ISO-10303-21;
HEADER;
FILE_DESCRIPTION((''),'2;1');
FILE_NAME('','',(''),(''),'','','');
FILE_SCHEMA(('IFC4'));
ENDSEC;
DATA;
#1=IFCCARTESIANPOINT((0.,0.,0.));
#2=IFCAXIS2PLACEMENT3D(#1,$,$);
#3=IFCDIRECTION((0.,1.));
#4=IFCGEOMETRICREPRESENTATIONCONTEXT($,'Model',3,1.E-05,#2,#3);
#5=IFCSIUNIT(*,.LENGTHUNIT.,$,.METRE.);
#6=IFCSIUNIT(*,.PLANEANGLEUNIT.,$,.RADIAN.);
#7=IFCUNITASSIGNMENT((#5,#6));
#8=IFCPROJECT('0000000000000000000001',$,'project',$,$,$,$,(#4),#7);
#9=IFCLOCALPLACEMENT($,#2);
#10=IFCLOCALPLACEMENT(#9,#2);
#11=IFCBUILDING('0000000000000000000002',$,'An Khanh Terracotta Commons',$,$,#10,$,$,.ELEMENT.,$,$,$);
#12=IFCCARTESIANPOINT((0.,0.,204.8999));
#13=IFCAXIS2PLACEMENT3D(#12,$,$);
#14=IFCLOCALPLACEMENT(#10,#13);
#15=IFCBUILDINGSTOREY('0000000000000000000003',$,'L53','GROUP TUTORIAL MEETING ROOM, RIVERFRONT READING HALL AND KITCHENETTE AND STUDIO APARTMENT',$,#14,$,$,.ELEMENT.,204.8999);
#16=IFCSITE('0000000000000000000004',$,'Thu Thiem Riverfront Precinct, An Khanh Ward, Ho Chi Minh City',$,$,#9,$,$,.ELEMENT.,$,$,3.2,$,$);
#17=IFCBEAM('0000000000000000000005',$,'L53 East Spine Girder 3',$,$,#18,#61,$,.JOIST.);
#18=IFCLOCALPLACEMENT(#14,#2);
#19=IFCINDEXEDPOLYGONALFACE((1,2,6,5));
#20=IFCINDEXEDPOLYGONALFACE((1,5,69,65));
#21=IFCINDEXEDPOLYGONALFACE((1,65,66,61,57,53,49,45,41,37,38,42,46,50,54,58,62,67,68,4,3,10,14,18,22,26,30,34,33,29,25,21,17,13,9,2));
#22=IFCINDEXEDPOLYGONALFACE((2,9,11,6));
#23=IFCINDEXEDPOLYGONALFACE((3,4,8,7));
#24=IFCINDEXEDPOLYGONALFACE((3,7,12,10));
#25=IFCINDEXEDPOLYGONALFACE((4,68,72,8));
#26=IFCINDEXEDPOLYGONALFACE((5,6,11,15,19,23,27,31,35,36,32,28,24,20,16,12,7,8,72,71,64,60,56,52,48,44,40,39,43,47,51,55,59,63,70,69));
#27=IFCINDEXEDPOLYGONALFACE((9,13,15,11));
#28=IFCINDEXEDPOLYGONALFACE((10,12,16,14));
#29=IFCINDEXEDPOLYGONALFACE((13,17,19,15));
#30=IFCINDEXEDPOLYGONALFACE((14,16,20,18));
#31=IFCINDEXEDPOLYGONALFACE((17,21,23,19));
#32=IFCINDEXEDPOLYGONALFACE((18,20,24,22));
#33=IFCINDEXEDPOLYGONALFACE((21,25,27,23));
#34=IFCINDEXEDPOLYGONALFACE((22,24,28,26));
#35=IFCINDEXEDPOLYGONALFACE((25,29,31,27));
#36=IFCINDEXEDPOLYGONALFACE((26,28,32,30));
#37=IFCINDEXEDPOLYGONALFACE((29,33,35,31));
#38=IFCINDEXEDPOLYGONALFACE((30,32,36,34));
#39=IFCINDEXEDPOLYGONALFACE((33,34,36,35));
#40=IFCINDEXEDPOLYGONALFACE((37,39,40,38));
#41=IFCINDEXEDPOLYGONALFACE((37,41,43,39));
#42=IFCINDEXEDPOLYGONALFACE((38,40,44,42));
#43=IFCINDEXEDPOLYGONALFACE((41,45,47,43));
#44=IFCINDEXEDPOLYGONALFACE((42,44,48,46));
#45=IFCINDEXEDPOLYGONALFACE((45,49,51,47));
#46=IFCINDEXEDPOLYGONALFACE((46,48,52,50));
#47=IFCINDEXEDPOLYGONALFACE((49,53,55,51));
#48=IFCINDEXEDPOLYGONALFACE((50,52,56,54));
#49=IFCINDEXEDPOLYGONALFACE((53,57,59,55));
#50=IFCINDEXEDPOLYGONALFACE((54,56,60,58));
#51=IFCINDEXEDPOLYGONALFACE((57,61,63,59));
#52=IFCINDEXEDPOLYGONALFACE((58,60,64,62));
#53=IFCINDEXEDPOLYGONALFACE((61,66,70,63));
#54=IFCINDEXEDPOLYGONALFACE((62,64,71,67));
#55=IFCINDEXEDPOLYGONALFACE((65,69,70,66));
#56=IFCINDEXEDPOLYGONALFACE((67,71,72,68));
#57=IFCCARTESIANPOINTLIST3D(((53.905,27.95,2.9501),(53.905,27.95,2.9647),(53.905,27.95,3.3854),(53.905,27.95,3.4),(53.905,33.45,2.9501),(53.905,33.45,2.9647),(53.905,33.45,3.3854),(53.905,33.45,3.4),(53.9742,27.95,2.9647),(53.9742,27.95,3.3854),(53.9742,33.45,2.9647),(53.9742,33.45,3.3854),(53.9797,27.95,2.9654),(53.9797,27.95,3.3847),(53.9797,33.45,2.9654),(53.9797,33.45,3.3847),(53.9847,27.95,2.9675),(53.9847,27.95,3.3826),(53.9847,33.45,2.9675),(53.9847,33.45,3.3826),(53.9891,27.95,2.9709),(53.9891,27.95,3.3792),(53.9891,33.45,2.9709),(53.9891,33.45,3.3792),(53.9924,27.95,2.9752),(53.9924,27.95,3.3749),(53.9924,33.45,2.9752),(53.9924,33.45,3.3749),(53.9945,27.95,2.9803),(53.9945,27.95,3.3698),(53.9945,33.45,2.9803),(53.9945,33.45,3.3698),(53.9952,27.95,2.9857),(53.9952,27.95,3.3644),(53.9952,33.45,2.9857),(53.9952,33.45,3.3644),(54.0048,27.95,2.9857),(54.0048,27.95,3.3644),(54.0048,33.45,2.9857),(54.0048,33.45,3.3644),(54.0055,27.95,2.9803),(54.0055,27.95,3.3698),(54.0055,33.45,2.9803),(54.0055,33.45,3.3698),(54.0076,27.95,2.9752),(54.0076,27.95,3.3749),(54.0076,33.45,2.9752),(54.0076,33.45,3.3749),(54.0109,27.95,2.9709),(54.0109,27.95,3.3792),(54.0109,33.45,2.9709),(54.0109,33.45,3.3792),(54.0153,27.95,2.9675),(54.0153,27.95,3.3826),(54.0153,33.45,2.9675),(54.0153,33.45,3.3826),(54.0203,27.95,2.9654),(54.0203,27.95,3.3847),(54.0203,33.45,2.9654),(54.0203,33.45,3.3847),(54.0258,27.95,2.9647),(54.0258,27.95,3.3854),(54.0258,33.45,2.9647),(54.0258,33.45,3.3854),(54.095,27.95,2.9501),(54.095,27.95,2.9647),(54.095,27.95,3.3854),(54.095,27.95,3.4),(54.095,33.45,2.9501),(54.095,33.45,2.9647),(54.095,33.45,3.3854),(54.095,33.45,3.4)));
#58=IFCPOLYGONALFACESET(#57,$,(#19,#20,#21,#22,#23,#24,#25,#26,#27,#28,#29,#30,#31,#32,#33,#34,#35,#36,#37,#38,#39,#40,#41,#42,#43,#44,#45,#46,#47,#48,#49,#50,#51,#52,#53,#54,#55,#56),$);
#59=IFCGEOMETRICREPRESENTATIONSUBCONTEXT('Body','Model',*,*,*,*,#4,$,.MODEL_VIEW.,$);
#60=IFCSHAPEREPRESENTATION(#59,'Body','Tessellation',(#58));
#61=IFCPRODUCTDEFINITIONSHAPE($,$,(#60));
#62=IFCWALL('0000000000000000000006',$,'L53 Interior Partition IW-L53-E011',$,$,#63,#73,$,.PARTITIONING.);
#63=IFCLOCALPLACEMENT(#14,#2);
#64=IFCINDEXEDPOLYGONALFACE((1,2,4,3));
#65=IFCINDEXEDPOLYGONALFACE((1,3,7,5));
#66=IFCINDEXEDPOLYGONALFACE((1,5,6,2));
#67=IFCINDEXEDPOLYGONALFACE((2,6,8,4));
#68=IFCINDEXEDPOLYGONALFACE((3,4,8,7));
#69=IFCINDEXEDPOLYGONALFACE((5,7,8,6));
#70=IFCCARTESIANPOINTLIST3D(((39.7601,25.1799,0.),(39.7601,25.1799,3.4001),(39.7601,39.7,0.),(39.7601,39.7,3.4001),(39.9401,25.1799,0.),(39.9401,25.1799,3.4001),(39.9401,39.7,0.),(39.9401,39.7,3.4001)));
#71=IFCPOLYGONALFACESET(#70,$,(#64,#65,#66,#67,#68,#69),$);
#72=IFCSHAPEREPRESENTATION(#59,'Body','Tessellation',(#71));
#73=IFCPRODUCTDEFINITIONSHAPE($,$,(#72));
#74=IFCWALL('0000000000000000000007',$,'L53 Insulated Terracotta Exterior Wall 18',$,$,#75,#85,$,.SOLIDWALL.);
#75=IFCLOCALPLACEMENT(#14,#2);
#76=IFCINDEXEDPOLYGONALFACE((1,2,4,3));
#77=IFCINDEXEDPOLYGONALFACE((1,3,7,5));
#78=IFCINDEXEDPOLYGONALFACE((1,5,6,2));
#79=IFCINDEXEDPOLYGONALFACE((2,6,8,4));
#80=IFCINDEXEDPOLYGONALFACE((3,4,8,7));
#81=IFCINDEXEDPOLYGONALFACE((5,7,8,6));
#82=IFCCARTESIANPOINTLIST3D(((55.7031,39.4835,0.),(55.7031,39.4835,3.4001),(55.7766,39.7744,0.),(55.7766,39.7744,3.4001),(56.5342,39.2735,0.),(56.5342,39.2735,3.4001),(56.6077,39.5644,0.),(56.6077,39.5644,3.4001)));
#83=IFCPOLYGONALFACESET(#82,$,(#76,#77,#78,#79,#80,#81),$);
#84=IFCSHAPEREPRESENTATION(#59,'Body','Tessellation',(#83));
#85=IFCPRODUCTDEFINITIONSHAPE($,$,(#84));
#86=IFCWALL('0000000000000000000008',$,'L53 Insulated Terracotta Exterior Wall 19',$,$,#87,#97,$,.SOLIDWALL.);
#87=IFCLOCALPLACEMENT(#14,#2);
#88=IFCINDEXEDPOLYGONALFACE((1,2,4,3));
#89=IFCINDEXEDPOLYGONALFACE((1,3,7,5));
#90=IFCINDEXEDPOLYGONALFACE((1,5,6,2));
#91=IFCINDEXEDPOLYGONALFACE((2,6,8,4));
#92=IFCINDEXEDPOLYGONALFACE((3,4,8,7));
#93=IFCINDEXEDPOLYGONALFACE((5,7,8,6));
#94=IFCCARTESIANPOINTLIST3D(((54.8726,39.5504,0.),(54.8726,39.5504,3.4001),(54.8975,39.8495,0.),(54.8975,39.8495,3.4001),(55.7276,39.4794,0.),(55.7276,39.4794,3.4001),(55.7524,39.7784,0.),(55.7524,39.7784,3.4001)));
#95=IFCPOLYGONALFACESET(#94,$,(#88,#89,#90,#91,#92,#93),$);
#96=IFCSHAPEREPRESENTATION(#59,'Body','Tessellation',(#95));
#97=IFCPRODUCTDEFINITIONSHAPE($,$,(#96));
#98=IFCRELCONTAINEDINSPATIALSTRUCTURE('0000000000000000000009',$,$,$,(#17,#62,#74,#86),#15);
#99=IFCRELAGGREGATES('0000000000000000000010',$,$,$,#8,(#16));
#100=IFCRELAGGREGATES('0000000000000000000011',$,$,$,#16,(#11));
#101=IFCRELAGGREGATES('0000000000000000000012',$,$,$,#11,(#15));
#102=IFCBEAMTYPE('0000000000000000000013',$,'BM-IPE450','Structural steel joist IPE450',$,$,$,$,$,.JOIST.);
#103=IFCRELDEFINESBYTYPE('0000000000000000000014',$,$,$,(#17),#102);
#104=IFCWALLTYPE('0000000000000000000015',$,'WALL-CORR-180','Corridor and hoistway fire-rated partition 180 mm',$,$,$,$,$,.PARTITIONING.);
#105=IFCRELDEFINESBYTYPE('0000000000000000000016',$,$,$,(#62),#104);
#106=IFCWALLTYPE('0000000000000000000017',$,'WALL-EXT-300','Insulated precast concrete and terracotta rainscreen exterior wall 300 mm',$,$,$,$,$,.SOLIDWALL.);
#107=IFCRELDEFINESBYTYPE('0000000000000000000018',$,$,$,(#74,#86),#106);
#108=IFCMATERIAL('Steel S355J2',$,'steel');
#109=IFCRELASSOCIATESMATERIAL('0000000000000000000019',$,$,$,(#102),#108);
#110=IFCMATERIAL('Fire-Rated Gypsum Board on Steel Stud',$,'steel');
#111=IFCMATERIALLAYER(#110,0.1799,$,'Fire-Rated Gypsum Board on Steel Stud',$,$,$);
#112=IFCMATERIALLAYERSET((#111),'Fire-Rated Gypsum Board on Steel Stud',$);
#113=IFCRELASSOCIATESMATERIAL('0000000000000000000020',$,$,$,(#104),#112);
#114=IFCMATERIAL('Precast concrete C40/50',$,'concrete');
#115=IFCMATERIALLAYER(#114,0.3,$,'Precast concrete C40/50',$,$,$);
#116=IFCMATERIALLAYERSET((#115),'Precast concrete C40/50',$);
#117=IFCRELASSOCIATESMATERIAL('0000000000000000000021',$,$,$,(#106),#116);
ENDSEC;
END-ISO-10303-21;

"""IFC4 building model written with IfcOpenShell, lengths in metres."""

from ifc_helpers import new_model, si_unit, direction, frame, frame_2d, origin, origin_2d, place, context, subcontext, project, spatial, rectangle, i_section, extrude, material, layer, layer_set, material_profile, profile_set, type_object, element, save


model = new_model("IFC4")

# Units and contexts
model_context = context("Model", 3, precision=1e-05, world=origin(), true_north=direction((0.0, 1.0)))
body_context = subcontext(model_context, "Body", "Model", "MODEL_VIEW")
ifc_project = project(units=[si_unit("LENGTHUNIT", "METRE"), si_unit("PLANEANGLEUNIT", "RADIAN")], contexts=[model_context])

# Site, building, storey
site_placement = place(None, origin())
site = spatial("IfcSite", under=ifc_project, at=site_placement, Name="Thu Thiem Riverfront Precinct, An Khanh Ward, Ho Chi Minh City", CompositionType="ELEMENT", RefElevation=3.2)
building_placement = place(site_placement, origin())
building = spatial("IfcBuilding", under=site, at=building_placement, Name="An Khanh Terracotta Commons", CompositionType="ELEMENT")
storey_placement = place(building_placement, frame((0.0, 0.0, 204.8999)))
storey = spatial("IfcBuildingStorey", under=building, at=storey_placement, Name="L53", Description="GROUP TUTORIAL MEETING ROOM, RIVERFRONT READING HALL AND KITCHENETTE AND STUDIO APARTMENT", CompositionType="ELEMENT", Elevation=204.8999)

# Beam
ifc_material_1 = material(Name="Steel S355J2", Category="steel")
ifc_material_profile_1 = material_profile(ifc_material_1, i_section(OverallWidth=0.1899, OverallDepth=0.45, WebThickness=0.0095, FlangeThickness=0.0146, FilletRadius=0.021, at=origin_2d()), Name="IPE450")
ifc_profile_set_1 = profile_set([ifc_material_profile_1], Name="Steel S355J2")
beam_type_1 = type_object("IfcBeamType", Name="BM-IPE450", Description="Structural steel joist IPE450", PredefinedType="JOIST", material=ifc_profile_set_1)
beam_1_placement = place(storey_placement, frame((54.0, 27.95, 3.175), z_axis=(0.0, 1.0, 0.0), x_axis=(-1.0, 0.0, 0.0)))
element("IfcBeam", 1, at=beam_1_placement, inside=storey, type_object=beam_type_1, Name="L53 East Spine Girder 3", PredefinedType="JOIST", context=body_context, shape_type="SweptSolid", body=[
    extrude(i_section(OverallWidth=0.1899, OverallDepth=0.45, WebThickness=0.0095, FlangeThickness=0.0146, FilletRadius=0.021, at=origin_2d()), origin(), (0.0, 0.0, 1.0), 5.5),
])

# Walls
ifc_material_2 = material(Name="Fire-Rated Gypsum Board on Steel Stud", Category="steel")
ifc_layer_1 = layer(ifc_material_2, 0.1799, Name="Fire-Rated Gypsum Board on Steel Stud")
ifc_layer_set_1 = layer_set([ifc_layer_1], Name="Fire-Rated Gypsum Board on Steel Stud")
wall_type_1 = type_object("IfcWallType", Name="WALL-CORR-180", Description="Corridor and hoistway fire-rated partition 180 mm", PredefinedType="PARTITIONING", material=ifc_layer_set_1)
wall_1_placement = place(storey_placement, frame((39.8501, 25.1799, 0.0), z_axis=(0.0, 0.0, 1.0), x_axis=(0.0, 1.0, 0.0)))
element("IfcWall", 2, at=wall_1_placement, inside=storey, type_object=wall_type_1, Name="L53 Interior Partition IW-L53-E011", PredefinedType="PARTITIONING", context=body_context, shape_type="SweptSolid", body=[
    extrude(rectangle(XDim=14.52, YDim=0.1799, at=frame_2d((7.26, 0.0))), origin(), (0.0, 0.0, 1.0), 3.4001),
])
ifc_material_3 = material(Name="Precast concrete C40/50", Category="concrete")
ifc_layer_2 = layer(ifc_material_3, 0.3, Name="Precast concrete C40/50")
ifc_layer_set_2 = layer_set([ifc_layer_2], Name="Precast concrete C40/50")
wall_type_2 = type_object("IfcWallType", Name="WALL-EXT-300", Description="Insulated precast concrete and terracotta rainscreen exterior wall 300 mm", PredefinedType="SOLIDWALL", material=ifc_layer_set_2)
wall_2_placement = place(storey_placement, frame((56.571, 39.4189, 0.0), z_axis=(0.0, 0.0, 1.0), x_axis=(-0.969536, 0.244947, 0.0)))
element("IfcWall", 3, at=wall_2_placement, inside=storey, type_object=wall_type_2, Name="L53 Insulated Terracotta Exterior Wall 18", PredefinedType="SOLIDWALL", context=body_context, shape_type="SweptSolid", body=[
    extrude(rectangle(XDim=0.8572, YDim=0.3, at=frame_2d((0.4287, 0.0))), origin(), (0.0, 0.0, 1.0), 3.4001),
])
wall_3_placement = place(storey_placement, frame((55.74, 39.6289, 0.0), z_axis=(0.0, 0.0, 1.0), x_axis=(-0.996565, 0.08281, 0.0)))
element("IfcWall", 4, at=wall_3_placement, inside=storey, type_object=wall_type_2, Name="L53 Insulated Terracotta Exterior Wall 19", PredefinedType="SOLIDWALL", context=body_context, shape_type="SweptSolid", body=[
    extrude(rectangle(XDim=0.8579, YDim=0.3, at=frame_2d((0.429, 0.0))), origin(), (0.0, 0.0, 1.0), 3.4001),
])

save(model, "model.ifc")
